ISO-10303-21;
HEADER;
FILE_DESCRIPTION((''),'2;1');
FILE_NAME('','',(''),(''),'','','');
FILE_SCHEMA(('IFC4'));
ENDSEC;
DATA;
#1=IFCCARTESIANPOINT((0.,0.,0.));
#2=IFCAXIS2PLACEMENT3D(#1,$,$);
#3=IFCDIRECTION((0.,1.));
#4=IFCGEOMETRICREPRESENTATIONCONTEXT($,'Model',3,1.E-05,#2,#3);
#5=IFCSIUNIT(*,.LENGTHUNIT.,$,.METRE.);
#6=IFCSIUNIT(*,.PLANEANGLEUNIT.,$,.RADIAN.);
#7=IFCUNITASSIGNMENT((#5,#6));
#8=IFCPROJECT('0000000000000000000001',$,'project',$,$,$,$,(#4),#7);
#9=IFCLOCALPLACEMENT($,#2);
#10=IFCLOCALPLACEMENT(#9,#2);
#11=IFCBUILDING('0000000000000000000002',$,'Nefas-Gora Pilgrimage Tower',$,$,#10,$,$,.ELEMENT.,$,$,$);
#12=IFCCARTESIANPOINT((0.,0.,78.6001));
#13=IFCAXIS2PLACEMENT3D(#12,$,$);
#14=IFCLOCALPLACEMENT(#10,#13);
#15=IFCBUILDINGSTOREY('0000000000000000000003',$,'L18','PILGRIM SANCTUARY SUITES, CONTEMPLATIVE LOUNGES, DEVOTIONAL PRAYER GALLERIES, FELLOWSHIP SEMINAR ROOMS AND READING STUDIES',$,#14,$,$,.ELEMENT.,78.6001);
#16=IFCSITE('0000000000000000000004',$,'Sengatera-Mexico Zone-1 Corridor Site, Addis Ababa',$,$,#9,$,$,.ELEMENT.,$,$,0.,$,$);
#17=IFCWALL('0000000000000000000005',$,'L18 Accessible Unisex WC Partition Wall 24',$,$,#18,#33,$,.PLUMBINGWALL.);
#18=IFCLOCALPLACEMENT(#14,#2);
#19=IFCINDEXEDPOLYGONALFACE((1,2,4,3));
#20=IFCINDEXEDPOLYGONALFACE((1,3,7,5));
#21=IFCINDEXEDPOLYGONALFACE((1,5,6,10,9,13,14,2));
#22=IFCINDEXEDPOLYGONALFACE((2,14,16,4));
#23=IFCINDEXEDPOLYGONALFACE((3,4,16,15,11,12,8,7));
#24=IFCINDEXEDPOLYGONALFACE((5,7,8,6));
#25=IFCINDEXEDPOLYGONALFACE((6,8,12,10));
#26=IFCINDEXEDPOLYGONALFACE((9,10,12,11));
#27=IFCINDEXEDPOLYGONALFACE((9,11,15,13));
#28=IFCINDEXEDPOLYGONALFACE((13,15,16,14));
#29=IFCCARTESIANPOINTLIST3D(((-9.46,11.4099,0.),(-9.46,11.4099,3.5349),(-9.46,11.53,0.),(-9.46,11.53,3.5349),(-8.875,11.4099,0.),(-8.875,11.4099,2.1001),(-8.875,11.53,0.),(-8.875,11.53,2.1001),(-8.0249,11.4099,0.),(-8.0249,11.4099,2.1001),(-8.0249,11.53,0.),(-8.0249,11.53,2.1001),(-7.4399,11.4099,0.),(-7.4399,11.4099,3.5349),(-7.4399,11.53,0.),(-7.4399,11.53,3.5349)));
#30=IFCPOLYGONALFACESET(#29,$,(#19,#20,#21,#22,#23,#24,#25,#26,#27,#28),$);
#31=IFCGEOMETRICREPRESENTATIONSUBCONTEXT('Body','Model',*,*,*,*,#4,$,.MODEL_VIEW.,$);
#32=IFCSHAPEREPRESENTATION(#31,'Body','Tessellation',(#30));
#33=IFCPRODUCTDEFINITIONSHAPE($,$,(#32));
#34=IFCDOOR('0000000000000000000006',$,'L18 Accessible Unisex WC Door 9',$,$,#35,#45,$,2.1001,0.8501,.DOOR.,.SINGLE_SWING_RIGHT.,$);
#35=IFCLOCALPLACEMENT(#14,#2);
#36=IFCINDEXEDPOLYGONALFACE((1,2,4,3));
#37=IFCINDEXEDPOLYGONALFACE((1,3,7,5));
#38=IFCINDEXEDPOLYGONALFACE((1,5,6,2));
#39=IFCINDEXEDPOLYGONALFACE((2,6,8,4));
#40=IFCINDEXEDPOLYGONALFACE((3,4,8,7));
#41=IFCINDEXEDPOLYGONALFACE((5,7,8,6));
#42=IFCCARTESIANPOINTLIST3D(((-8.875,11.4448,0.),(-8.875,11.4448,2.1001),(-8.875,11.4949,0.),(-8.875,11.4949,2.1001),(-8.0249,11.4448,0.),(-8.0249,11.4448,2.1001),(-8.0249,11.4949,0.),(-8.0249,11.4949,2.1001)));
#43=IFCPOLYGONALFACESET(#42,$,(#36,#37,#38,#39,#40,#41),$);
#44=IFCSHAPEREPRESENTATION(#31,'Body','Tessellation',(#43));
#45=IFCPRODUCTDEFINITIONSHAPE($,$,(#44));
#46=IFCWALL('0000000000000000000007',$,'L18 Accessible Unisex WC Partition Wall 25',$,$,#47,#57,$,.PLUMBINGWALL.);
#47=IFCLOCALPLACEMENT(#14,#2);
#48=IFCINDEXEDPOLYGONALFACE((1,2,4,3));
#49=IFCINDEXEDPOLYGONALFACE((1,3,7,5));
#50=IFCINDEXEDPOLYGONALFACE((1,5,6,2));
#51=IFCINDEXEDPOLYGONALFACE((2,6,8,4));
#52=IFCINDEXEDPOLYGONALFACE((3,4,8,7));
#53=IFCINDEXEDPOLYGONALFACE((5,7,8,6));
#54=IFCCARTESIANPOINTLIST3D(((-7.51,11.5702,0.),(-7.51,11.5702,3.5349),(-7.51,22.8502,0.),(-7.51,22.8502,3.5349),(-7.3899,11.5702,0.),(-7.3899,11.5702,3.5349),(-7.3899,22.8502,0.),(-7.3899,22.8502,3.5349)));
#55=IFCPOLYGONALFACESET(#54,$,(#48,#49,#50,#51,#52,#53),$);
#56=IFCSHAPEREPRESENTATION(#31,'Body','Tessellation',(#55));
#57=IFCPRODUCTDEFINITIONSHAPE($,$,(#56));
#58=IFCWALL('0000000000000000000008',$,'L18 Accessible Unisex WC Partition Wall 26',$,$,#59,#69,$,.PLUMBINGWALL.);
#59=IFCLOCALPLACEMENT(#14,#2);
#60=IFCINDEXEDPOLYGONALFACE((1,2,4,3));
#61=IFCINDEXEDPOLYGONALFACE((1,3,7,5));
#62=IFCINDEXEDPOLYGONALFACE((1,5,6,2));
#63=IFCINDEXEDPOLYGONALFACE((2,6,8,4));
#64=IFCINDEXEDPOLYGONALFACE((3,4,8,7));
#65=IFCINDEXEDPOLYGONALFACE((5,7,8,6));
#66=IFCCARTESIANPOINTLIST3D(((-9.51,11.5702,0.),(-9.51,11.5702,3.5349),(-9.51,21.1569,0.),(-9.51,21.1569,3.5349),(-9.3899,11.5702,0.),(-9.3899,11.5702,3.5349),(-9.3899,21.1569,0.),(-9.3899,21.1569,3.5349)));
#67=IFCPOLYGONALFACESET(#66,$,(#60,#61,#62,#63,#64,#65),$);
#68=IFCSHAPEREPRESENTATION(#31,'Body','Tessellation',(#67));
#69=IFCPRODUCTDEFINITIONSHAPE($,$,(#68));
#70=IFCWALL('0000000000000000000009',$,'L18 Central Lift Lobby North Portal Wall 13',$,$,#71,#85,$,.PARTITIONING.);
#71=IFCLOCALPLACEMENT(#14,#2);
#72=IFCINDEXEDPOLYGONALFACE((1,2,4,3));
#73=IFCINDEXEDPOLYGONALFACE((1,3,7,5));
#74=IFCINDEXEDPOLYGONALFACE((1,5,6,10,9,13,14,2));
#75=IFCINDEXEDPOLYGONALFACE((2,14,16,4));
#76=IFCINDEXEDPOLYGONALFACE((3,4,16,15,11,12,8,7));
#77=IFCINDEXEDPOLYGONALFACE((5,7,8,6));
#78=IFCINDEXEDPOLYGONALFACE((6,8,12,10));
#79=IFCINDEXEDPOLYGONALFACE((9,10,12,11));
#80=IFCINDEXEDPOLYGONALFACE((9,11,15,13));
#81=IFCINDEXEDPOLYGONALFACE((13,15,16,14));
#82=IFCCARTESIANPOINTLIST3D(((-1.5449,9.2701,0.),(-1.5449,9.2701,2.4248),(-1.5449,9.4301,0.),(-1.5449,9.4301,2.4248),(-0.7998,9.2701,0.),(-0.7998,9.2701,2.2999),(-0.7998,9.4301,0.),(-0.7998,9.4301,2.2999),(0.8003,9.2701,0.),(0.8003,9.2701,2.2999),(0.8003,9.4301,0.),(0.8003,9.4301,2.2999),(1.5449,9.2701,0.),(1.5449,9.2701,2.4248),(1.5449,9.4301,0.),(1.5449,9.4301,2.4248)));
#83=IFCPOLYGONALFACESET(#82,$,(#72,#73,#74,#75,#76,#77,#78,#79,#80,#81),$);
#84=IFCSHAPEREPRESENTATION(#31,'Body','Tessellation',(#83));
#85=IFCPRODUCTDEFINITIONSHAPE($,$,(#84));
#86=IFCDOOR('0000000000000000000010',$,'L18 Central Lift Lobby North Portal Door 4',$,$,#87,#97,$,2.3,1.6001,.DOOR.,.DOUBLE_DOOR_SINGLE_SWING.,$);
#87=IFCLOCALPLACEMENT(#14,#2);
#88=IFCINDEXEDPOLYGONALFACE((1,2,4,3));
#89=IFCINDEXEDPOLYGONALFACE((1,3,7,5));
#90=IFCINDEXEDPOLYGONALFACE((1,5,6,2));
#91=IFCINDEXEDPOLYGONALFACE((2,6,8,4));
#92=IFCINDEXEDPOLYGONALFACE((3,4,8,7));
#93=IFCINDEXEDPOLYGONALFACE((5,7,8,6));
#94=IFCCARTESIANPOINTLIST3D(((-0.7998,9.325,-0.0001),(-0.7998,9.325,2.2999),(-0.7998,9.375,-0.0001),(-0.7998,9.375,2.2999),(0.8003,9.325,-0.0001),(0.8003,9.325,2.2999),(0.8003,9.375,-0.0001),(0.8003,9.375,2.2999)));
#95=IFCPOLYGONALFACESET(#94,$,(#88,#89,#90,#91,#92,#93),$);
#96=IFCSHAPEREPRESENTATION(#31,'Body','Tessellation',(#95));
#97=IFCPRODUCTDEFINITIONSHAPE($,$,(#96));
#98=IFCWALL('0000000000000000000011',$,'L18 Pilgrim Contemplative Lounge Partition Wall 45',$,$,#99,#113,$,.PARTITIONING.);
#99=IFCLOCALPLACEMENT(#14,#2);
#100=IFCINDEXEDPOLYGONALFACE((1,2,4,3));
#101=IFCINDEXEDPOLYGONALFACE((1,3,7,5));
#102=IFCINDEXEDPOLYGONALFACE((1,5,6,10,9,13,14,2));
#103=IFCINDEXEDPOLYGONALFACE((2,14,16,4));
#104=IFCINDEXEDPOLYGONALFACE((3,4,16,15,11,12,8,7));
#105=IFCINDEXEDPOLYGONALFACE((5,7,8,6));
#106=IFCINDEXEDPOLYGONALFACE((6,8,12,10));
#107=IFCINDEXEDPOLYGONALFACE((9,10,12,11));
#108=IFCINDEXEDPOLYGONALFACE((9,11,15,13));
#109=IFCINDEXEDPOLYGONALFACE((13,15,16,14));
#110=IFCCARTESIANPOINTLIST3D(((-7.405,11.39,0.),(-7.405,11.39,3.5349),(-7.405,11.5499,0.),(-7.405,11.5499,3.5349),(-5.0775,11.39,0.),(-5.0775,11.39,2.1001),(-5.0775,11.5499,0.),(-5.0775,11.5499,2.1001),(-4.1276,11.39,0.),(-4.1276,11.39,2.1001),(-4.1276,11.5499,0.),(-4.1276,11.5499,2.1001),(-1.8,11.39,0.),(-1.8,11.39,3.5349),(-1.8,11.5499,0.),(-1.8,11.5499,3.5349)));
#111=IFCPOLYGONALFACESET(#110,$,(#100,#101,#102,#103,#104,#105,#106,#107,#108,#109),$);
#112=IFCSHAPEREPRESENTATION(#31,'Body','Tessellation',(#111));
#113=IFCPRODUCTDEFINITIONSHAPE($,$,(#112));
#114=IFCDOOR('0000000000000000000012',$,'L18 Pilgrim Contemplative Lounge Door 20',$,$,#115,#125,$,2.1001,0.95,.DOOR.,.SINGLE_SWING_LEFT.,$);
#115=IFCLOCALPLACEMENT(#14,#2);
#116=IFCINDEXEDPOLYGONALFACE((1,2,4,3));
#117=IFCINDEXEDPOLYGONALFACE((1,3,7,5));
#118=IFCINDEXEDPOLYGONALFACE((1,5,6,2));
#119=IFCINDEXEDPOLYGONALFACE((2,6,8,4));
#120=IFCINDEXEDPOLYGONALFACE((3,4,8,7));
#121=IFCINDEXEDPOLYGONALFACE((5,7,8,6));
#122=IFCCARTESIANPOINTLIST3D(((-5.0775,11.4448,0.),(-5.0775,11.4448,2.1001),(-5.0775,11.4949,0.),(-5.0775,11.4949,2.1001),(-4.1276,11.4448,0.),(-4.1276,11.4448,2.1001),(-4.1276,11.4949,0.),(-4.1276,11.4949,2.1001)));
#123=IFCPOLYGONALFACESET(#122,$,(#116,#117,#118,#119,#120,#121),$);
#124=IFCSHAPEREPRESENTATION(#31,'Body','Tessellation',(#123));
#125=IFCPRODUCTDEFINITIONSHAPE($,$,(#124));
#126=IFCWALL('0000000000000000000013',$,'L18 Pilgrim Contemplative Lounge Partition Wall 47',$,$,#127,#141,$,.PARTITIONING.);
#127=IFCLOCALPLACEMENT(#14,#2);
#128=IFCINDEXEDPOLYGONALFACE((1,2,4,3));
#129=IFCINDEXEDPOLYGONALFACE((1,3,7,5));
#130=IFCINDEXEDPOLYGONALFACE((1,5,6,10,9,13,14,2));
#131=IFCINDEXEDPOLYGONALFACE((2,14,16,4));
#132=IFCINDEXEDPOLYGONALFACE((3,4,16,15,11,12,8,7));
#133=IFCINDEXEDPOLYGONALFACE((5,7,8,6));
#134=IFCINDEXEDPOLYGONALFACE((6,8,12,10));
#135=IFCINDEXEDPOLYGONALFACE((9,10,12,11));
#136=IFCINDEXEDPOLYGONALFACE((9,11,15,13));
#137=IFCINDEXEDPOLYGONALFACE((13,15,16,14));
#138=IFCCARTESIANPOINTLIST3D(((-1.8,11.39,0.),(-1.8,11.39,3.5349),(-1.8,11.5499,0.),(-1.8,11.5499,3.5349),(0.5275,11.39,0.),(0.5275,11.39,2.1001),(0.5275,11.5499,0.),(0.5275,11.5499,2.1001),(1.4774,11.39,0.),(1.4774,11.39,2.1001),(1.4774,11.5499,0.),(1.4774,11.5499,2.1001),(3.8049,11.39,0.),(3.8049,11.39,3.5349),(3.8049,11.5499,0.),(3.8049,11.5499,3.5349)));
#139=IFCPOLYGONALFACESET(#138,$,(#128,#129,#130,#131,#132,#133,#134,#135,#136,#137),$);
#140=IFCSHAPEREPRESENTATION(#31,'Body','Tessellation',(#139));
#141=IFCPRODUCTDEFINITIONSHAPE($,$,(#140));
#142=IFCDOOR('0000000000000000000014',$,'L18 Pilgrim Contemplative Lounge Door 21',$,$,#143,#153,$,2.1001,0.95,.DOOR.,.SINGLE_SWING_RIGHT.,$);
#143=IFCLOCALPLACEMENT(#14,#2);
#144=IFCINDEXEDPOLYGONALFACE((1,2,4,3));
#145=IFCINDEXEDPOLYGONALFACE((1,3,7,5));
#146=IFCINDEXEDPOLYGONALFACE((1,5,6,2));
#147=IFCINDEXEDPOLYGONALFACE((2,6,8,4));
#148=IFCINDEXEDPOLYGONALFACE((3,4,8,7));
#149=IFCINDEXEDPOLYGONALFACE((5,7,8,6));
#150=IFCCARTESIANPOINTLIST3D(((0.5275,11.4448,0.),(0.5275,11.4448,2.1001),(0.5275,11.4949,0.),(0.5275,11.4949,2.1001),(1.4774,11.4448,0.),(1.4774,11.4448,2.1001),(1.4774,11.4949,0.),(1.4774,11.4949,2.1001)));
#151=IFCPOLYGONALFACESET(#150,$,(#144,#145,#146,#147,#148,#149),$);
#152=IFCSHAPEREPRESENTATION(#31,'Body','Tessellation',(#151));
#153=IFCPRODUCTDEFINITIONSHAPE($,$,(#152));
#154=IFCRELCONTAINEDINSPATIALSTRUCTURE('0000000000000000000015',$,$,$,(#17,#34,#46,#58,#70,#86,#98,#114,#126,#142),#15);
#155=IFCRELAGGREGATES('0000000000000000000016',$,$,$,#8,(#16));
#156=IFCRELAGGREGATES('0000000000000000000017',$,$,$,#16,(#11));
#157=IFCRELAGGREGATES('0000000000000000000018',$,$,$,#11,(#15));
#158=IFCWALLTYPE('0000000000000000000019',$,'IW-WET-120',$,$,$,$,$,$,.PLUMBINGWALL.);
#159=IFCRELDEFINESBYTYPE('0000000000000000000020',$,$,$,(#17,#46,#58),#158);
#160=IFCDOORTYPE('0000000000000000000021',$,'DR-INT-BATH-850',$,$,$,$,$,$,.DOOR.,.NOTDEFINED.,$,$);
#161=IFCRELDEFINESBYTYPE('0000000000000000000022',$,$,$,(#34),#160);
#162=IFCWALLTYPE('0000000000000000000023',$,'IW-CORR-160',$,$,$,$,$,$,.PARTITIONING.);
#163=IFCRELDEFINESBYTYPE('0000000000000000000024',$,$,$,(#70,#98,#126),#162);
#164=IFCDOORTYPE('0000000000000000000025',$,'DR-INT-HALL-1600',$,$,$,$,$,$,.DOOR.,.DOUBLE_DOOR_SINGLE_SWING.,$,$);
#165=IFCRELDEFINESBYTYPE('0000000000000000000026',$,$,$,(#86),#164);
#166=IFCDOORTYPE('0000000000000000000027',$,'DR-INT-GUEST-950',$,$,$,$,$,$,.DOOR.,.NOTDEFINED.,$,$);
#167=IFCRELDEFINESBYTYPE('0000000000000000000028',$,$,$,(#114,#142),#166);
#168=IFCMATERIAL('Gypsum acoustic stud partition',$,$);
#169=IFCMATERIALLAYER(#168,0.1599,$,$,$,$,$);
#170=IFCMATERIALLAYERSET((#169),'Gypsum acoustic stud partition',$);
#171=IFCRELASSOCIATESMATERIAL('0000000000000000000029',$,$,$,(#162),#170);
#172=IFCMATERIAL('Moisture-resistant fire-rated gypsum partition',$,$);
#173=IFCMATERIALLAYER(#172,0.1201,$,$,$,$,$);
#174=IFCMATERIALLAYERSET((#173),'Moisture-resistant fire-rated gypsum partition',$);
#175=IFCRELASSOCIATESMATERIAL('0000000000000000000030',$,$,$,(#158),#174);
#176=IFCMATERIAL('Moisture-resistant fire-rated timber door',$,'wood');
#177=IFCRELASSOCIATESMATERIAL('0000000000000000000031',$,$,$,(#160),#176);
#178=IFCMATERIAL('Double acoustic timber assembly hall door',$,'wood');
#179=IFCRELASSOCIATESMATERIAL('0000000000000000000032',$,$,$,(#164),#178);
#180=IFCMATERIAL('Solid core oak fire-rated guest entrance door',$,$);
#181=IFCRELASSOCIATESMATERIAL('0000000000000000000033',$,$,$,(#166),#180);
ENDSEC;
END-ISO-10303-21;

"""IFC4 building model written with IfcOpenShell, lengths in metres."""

from ifc_helpers import new_model, si_unit, direction, frame, frame_2d, origin, place, context, subcontext, project, spatial, rectangle, extrude, source, transform, mapped, material, layer, layer_set, type_object, element, fill, save


model = new_model("IFC4")

# Units and contexts
model_context = context("Model", 3, precision=1e-05, world=origin(), true_north=direction((0.0, 1.0)))
body_context = subcontext(model_context, "Body", "Model", "MODEL_VIEW")
ifc_project = project(units=[si_unit("LENGTHUNIT", "METRE"), si_unit("PLANEANGLEUNIT", "RADIAN")], contexts=[model_context])

# Site, building, storey
site_placement = place(None, origin())
site = spatial("IfcSite", under=ifc_project, at=site_placement, Name="Sengatera-Mexico Zone-1 Corridor Site, Addis Ababa", CompositionType="ELEMENT", RefElevation=0.0)
building_placement = place(site_placement, origin())
building = spatial("IfcBuilding", under=site, at=building_placement, Name="Nefas-Gora Pilgrimage Tower", CompositionType="ELEMENT")
storey_placement = place(building_placement, frame((0.0, 0.0, 78.6001)))
storey = spatial("IfcBuildingStorey", under=building, at=storey_placement, Name="L18", Description="PILGRIM SANCTUARY SUITES, CONTEMPLATIVE LOUNGES, DEVOTIONAL PRAYER GALLERIES, FELLOWSHIP SEMINAR ROOMS AND READING STUDIES", CompositionType="ELEMENT", Elevation=78.6001)

# Shared definitions
ifc_material_1 = material(Name="Gypsum acoustic stud partition")
ifc_layer_1 = layer(ifc_material_1, 0.1599)
ifc_layer_set_1 = layer_set([ifc_layer_1], Name="Gypsum acoustic stud partition")
wall_type_1 = type_object("IfcWallType", Name="IW-CORR-160", PredefinedType="PARTITIONING", material=ifc_layer_set_1)

# Wall, opening, door
ifc_material_2 = material(Name="Moisture-resistant fire-rated gypsum partition")
ifc_layer_2 = layer(ifc_material_2, 0.1201)
ifc_layer_set_2 = layer_set([ifc_layer_2], Name="Moisture-resistant fire-rated gypsum partition")
wall_type_2 = type_object("IfcWallType", Name="IW-WET-120", PredefinedType="PLUMBINGWALL", material=ifc_layer_set_2)
shared_shape_1 = source(origin(), body_context, "Body", "SweptSolid", [
    extrude(rectangle(XDim=2.02, YDim=0.1201, at=frame_2d((1.01, 0.0))), origin(), (0.0, 0.0, 1.0), 3.5349),
])
wall_1_placement = place(storey_placement, frame((-9.46, 11.47, 0.0), z_axis=(0.0, 0.0, 1.0), x_axis=(1.0, 0.0, 0.0)))
wall_1 = element("IfcWall", 1, at=wall_1_placement, inside=storey, type_object=wall_type_2, Name="L18 Accessible Unisex WC Partition Wall 24", PredefinedType="PLUMBINGWALL", context=body_context, shape_type="MappedRepresentation", body=[
    mapped(shared_shape_1, transform((0.0, 0.0, 0.0), x_axis=(1.0, 0.0, 0.0), y_axis=(0.0, 1.0, 0.0), z_axis=(0.0, 0.0, 1.0), scale=1.0)),
])
opening_1_placement = place(wall_1_placement, frame((0.585, 0.0, 0.0)))
opening_1 = element("IfcOpeningElement", 2, at=opening_1_placement, cuts=wall_1, PredefinedType="OPENING", context=body_context, shape_type="SweptSolid", body=[
    extrude(rectangle(XDim=0.8501, YDim=2.1001, at=frame_2d((0.425, 1.05))), frame((0.0, 0.0701, 0.0), z_axis=(0.0, -1.0, 0.0), x_axis=(1.0, 0.0, 0.0)), (0.0, 0.0, 1.0), 0.1401),
])
ifc_material_3 = material(Name="Moisture-resistant fire-rated timber door", Category="wood")
door_type_1 = type_object("IfcDoorType", Name="DR-INT-BATH-850", OperationType="NOTDEFINED", PredefinedType="DOOR", material=ifc_material_3)
shared_shape_2 = source(origin(), body_context, "Body", "SweptSolid", [
    extrude(rectangle(XDim=0.8501, YDim=2.1001, at=frame_2d((0.425, 1.05))), frame((0.0, 0.0249, 0.0), z_axis=(0.0, -1.0, 0.0), x_axis=(1.0, 0.0, 0.0)), (0.0, 0.0, 1.0), 0.05),
])
door_1_placement = place(opening_1_placement, origin())
door_1 = element("IfcDoor", 3, at=door_1_placement, inside=storey, type_object=door_type_1, Name="L18 Accessible Unisex WC Door 9", OperationType="SINGLE_SWING_RIGHT", OverallHeight=2.1001, OverallWidth=0.8501, PredefinedType="DOOR", context=body_context, shape_type="MappedRepresentation", body=[
    mapped(shared_shape_2, transform((0.0, 0.0, 0.0), x_axis=(1.0, 0.0, 0.0), y_axis=(0.0, 1.0, 0.0), z_axis=(0.0, 0.0, 1.0), scale=1.0)),
])
fill(opening_1, door_1)

# Walls
shared_shape_3 = source(origin(), body_context, "Body", "SweptSolid", [
    extrude(rectangle(XDim=11.28, YDim=0.1201, at=frame_2d((5.6401, 0.0))), origin(), (0.0, 0.0, 1.0), 3.5349),
])
wall_2_placement = place(storey_placement, frame((-7.45, 11.5701, 0.0), z_axis=(0.0, 0.0, 1.0), x_axis=(0.0, 1.0, 0.0)))
element("IfcWall", 4, at=wall_2_placement, inside=storey, type_object=wall_type_2, Name="L18 Accessible Unisex WC Partition Wall 25", PredefinedType="PLUMBINGWALL", context=body_context, shape_type="MappedRepresentation", body=[
    mapped(shared_shape_3, transform((0.0, 0.0, 0.0), x_axis=(1.0, 0.0, 0.0), y_axis=(0.0, 1.0, 0.0), z_axis=(0.0, 0.0, 1.0), scale=1.0)),
])
shared_shape_4 = source(origin(), body_context, "Body", "SweptSolid", [
    extrude(rectangle(XDim=9.5867, YDim=0.1201, at=frame_2d((4.7935, 0.0))), origin(), (0.0, 0.0, 1.0), 3.5349),
])
wall_3_placement = place(storey_placement, frame((-9.45, 11.5701, 0.0), z_axis=(0.0, 0.0, 1.0), x_axis=(0.0, 1.0, 0.0)))
element("IfcWall", 5, at=wall_3_placement, inside=storey, type_object=wall_type_2, Name="L18 Accessible Unisex WC Partition Wall 26", PredefinedType="PLUMBINGWALL", context=body_context, shape_type="MappedRepresentation", body=[
    mapped(shared_shape_4, transform((0.0, 0.0, 0.0), x_axis=(1.0, 0.0, 0.0), y_axis=(0.0, 1.0, 0.0), z_axis=(0.0, 0.0, 1.0), scale=1.0)),
])

# Walls, openings, doors
shared_shape_5 = source(origin(), body_context, "Body", "SweptSolid", [
    extrude(rectangle(XDim=3.0898, YDim=0.1599, at=frame_2d((1.5449, 0.0))), origin(), (0.0, 0.0, 1.0), 2.4248),
])
wall_4_placement = place(storey_placement, frame((-1.5449, 9.3501, 0.0), z_axis=(0.0, 0.0, 1.0), x_axis=(1.0, 0.0, 0.0)))
wall_4 = element("IfcWall", 6, at=wall_4_placement, inside=storey, type_object=wall_type_1, Name="L18 Central Lift Lobby North Portal Wall 13", PredefinedType="PARTITIONING", context=body_context, shape_type="MappedRepresentation", body=[
    mapped(shared_shape_5, transform((0.0, 0.0, 0.0), x_axis=(1.0, 0.0, 0.0), y_axis=(0.0, 1.0, 0.0), z_axis=(0.0, 0.0, 1.0), scale=1.0)),
])
opening_2_placement = place(wall_4_placement, frame((0.7451, 0.0, 0.0)))
opening_2 = element("IfcOpeningElement", 7, at=opening_2_placement, cuts=wall_4, PredefinedType="OPENING", context=body_context, shape_type="SweptSolid", body=[
    extrude(rectangle(XDim=1.6001, YDim=2.3, at=frame_2d((0.8, 1.1499))), frame((0.0, 0.0898, 0.0), z_axis=(0.0, -1.0, 0.0), x_axis=(1.0, 0.0, 0.0)), (0.0, 0.0, 1.0), 0.1799),
])
ifc_material_4 = material(Name="Double acoustic timber assembly hall door", Category="wood")
door_type_2 = type_object("IfcDoorType", Name="DR-INT-HALL-1600", OperationType="DOUBLE_DOOR_SINGLE_SWING", PredefinedType="DOOR", material=ifc_material_4)
shared_shape_6 = source(origin(), body_context, "Body", "SweptSolid", [
    extrude(rectangle(XDim=1.6001, YDim=2.3, at=frame_2d((0.8, 1.1499))), frame((0.0, 0.0249, 0.0), z_axis=(0.0, -1.0, 0.0), x_axis=(1.0, 0.0, 0.0)), (0.0, 0.0, 1.0), 0.05),
])
door_2_placement = place(opening_2_placement, origin())
door_2 = element("IfcDoor", 8, at=door_2_placement, inside=storey, type_object=door_type_2, Name="L18 Central Lift Lobby North Portal Door 4", OperationType="DOUBLE_DOOR_SINGLE_SWING", OverallHeight=2.3, OverallWidth=1.6001, PredefinedType="DOOR", context=body_context, shape_type="MappedRepresentation", body=[
    mapped(shared_shape_6, transform((0.0, 0.0, 0.0), x_axis=(1.0, 0.0, 0.0), y_axis=(0.0, 1.0, 0.0), z_axis=(0.0, 0.0, 1.0), scale=1.0)),
])
fill(opening_2, door_2)
shared_shape_7 = source(origin(), body_context, "Body", "SweptSolid", [
    extrude(rectangle(XDim=5.605, YDim=0.1599, at=frame_2d((2.8025, 0.0))), origin(), (0.0, 0.0, 1.0), 3.5349),
])
wall_5_placement = place(storey_placement, frame((-7.405, 11.47, 0.0), z_axis=(0.0, 0.0, 1.0), x_axis=(1.0, 0.0, 0.0)))
wall_5 = element("IfcWall", 9, at=wall_5_placement, inside=storey, type_object=wall_type_1, Name="L18 Pilgrim Contemplative Lounge Partition Wall 45", PredefinedType="PARTITIONING", context=body_context, shape_type="MappedRepresentation", body=[
    mapped(shared_shape_7, transform((0.0, 0.0, 0.0), x_axis=(1.0, 0.0, 0.0), y_axis=(0.0, 1.0, 0.0), z_axis=(0.0, 0.0, 1.0), scale=1.0)),
])
opening_3_placement = place(wall_5_placement, frame((2.3274, 0.0, 0.0)))
opening_3 = element("IfcOpeningElement", 10, at=opening_3_placement, cuts=wall_5, PredefinedType="OPENING", context=body_context, shape_type="SweptSolid", body=[
    extrude(rectangle(XDim=0.95, YDim=2.1001, at=frame_2d((0.4751, 1.05))), frame((0.0, 0.0898, 0.0), z_axis=(0.0, -1.0, 0.0), x_axis=(1.0, 0.0, 0.0)), (0.0, 0.0, 1.0), 0.1799),
])
ifc_material_5 = material(Name="Solid core oak fire-rated guest entrance door")
door_type_3 = type_object("IfcDoorType", Name="DR-INT-GUEST-950", OperationType="NOTDEFINED", PredefinedType="DOOR", material=ifc_material_5)
shared_shape_8 = source(origin(), body_context, "Body", "SweptSolid", [
    extrude(rectangle(XDim=0.95, YDim=2.1001, at=frame_2d((0.4751, 1.05))), frame((0.0, 0.0249, 0.0), z_axis=(0.0, -1.0, 0.0), x_axis=(1.0, 0.0, 0.0)), (0.0, 0.0, 1.0), 0.05),
])
door_3_placement = place(opening_3_placement, origin())
door_3 = element("IfcDoor", 11, at=door_3_placement, inside=storey, type_object=door_type_3, Name="L18 Pilgrim Contemplative Lounge Door 20", OperationType="SINGLE_SWING_LEFT", OverallHeight=2.1001, OverallWidth=0.95, PredefinedType="DOOR", context=body_context, shape_type="MappedRepresentation", body=[
    mapped(shared_shape_8, transform((0.0, 0.0, 0.0), x_axis=(1.0, 0.0, 0.0), y_axis=(0.0, 1.0, 0.0), z_axis=(0.0, 0.0, 1.0), scale=1.0)),
])
fill(opening_3, door_3)
wall_6_placement = place(storey_placement, frame((-1.8, 11.47, 0.0), z_axis=(0.0, 0.0, 1.0), x_axis=(1.0, 0.0, 0.0)))
wall_6 = element("IfcWall", 12, at=wall_6_placement, inside=storey, type_object=wall_type_1, Name="L18 Pilgrim Contemplative Lounge Partition Wall 47", PredefinedType="PARTITIONING", context=body_context, shape_type="MappedRepresentation", body=[
    mapped(shared_shape_7, transform((0.0, 0.0, 0.0), x_axis=(1.0, 0.0, 0.0), y_axis=(0.0, 1.0, 0.0), z_axis=(0.0, 0.0, 1.0), scale=1.0)),
])
opening_4_placement = place(wall_6_placement, frame((2.3274, 0.0, 0.0)))
opening_4 = element("IfcOpeningElement", 13, at=opening_4_placement, cuts=wall_6, PredefinedType="OPENING", context=body_context, shape_type="SweptSolid", body=[
    extrude(rectangle(XDim=0.95, YDim=2.1001, at=frame_2d((0.4751, 1.05))), frame((0.0, 0.0898, 0.0), z_axis=(0.0, -1.0, 0.0), x_axis=(1.0, 0.0, 0.0)), (0.0, 0.0, 1.0), 0.1799),
])
door_4_placement = place(opening_4_placement, origin())
door_4 = element("IfcDoor", 14, at=door_4_placement, inside=storey, type_object=door_type_3, Name="L18 Pilgrim Contemplative Lounge Door 21", OperationType="SINGLE_SWING_RIGHT", OverallHeight=2.1001, OverallWidth=0.95, PredefinedType="DOOR", context=body_context, shape_type="MappedRepresentation", body=[
    mapped(shared_shape_8, transform((0.0, 0.0, 0.0), x_axis=(1.0, 0.0, 0.0), y_axis=(0.0, 1.0, 0.0), z_axis=(0.0, 0.0, 1.0), scale=1.0)),
])
fill(opening_4, door_4)

save(model, "model.ifc")
